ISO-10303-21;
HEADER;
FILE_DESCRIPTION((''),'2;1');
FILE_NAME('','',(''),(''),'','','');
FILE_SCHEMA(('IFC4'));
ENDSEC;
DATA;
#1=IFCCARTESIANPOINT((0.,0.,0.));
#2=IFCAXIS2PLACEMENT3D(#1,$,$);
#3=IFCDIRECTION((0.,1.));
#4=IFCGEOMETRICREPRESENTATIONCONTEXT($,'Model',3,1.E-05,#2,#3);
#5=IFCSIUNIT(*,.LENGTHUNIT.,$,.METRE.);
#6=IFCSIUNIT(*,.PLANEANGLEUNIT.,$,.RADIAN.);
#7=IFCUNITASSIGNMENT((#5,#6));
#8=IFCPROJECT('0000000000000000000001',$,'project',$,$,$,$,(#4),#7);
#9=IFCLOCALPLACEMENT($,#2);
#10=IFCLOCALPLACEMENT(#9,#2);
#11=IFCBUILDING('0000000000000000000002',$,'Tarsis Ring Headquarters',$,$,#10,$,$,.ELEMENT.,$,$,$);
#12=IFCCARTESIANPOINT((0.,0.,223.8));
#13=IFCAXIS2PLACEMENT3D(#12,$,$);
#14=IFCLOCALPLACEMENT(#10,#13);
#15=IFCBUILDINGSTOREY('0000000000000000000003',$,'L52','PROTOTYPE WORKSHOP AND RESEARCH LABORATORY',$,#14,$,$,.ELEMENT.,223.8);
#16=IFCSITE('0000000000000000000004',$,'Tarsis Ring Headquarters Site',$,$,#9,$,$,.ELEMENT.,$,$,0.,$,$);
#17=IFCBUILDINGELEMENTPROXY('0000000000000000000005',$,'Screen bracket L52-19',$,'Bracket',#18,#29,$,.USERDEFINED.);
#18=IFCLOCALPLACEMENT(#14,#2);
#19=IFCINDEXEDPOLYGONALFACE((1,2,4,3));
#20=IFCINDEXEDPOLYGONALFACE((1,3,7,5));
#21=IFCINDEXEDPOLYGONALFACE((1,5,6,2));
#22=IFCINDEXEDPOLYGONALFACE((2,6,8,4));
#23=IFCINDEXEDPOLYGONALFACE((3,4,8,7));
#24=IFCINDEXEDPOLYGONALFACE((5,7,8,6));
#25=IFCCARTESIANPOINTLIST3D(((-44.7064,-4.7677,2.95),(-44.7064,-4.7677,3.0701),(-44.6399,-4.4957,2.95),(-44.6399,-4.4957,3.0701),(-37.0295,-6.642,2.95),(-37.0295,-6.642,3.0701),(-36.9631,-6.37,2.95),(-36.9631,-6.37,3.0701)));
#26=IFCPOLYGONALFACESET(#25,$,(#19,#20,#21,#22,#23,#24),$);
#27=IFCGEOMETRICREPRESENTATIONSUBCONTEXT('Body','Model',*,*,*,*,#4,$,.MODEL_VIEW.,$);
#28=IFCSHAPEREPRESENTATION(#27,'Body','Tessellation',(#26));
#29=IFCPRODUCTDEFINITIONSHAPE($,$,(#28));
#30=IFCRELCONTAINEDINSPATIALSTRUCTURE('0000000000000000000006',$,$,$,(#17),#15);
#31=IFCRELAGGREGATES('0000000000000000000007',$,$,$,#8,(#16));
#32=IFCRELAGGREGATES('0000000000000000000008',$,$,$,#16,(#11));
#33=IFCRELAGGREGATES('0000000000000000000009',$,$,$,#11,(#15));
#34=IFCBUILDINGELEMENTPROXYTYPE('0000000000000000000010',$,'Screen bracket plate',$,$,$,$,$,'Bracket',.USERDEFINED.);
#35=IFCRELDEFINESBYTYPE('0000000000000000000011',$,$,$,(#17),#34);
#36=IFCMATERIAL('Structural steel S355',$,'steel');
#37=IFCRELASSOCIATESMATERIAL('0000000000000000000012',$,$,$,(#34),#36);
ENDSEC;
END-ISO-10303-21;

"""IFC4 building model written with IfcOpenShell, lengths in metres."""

from ifc_helpers import new_model, si_unit, direction, frame, origin, origin_2d, place, context, subcontext, project, spatial, rectangle, extrude, material, type_object, element, save


model = new_model("IFC4")

# Units and contexts
model_context = context("Model", 3, precision=1e-05, world=origin(), true_north=direction((0.0, 1.0)))
body_context = subcontext(model_context, "Body", "Model", "MODEL_VIEW")
ifc_project = project(units=[si_unit("LENGTHUNIT", "METRE"), si_unit("PLANEANGLEUNIT", "RADIAN")], contexts=[model_context])

# Site, building, storey
site_placement = place(None, origin())
site = spatial("IfcSite", under=ifc_project, at=site_placement, Name="Tarsis Ring Headquarters Site", CompositionType="ELEMENT", RefElevation=0.0)
building_placement = place(site_placement, origin())
building = spatial("IfcBuilding", under=site, at=building_placement, Name="Tarsis Ring Headquarters", CompositionType="ELEMENT")
storey_placement = place(building_placement, frame((0.0, 0.0, 223.8)))
storey = spatial("IfcBuildingStorey", under=building, at=storey_placement, Name="L52", Description="PROTOTYPE WORKSHOP AND RESEARCH LABORATORY", CompositionType="ELEMENT", Elevation=223.8)

# Shared definitions
ifc_material_1 = material(Name="Structural steel S355", Category="steel")

# Building element proxy
building_element_proxy_type = type_object("IfcBuildingElementProxyType", Name="Screen bracket plate", ElementType="Bracket", PredefinedType="USERDEFINED", material=ifc_material_1)
proxy_placement = place(storey_placement, frame((-40.8347, -5.5688, 2.95), z_axis=(0.0, 0.0, 1.0), x_axis=(0.971466, -0.237177, 0.0)))
element("IfcBuildingElementProxy", 1, at=proxy_placement, inside=storey, type_object=building_element_proxy_type, Name="Screen bracket L52-19", ObjectType="Bracket", PredefinedType="USERDEFINED", context=body_context, shape_type="SweptSolid", body=[
    extrude(rectangle(XDim=7.9023, YDim=0.28, at=origin_2d()), origin(), (0.0, 0.0, 1.0), 0.1201),
])

save(model, "model.ifc")
